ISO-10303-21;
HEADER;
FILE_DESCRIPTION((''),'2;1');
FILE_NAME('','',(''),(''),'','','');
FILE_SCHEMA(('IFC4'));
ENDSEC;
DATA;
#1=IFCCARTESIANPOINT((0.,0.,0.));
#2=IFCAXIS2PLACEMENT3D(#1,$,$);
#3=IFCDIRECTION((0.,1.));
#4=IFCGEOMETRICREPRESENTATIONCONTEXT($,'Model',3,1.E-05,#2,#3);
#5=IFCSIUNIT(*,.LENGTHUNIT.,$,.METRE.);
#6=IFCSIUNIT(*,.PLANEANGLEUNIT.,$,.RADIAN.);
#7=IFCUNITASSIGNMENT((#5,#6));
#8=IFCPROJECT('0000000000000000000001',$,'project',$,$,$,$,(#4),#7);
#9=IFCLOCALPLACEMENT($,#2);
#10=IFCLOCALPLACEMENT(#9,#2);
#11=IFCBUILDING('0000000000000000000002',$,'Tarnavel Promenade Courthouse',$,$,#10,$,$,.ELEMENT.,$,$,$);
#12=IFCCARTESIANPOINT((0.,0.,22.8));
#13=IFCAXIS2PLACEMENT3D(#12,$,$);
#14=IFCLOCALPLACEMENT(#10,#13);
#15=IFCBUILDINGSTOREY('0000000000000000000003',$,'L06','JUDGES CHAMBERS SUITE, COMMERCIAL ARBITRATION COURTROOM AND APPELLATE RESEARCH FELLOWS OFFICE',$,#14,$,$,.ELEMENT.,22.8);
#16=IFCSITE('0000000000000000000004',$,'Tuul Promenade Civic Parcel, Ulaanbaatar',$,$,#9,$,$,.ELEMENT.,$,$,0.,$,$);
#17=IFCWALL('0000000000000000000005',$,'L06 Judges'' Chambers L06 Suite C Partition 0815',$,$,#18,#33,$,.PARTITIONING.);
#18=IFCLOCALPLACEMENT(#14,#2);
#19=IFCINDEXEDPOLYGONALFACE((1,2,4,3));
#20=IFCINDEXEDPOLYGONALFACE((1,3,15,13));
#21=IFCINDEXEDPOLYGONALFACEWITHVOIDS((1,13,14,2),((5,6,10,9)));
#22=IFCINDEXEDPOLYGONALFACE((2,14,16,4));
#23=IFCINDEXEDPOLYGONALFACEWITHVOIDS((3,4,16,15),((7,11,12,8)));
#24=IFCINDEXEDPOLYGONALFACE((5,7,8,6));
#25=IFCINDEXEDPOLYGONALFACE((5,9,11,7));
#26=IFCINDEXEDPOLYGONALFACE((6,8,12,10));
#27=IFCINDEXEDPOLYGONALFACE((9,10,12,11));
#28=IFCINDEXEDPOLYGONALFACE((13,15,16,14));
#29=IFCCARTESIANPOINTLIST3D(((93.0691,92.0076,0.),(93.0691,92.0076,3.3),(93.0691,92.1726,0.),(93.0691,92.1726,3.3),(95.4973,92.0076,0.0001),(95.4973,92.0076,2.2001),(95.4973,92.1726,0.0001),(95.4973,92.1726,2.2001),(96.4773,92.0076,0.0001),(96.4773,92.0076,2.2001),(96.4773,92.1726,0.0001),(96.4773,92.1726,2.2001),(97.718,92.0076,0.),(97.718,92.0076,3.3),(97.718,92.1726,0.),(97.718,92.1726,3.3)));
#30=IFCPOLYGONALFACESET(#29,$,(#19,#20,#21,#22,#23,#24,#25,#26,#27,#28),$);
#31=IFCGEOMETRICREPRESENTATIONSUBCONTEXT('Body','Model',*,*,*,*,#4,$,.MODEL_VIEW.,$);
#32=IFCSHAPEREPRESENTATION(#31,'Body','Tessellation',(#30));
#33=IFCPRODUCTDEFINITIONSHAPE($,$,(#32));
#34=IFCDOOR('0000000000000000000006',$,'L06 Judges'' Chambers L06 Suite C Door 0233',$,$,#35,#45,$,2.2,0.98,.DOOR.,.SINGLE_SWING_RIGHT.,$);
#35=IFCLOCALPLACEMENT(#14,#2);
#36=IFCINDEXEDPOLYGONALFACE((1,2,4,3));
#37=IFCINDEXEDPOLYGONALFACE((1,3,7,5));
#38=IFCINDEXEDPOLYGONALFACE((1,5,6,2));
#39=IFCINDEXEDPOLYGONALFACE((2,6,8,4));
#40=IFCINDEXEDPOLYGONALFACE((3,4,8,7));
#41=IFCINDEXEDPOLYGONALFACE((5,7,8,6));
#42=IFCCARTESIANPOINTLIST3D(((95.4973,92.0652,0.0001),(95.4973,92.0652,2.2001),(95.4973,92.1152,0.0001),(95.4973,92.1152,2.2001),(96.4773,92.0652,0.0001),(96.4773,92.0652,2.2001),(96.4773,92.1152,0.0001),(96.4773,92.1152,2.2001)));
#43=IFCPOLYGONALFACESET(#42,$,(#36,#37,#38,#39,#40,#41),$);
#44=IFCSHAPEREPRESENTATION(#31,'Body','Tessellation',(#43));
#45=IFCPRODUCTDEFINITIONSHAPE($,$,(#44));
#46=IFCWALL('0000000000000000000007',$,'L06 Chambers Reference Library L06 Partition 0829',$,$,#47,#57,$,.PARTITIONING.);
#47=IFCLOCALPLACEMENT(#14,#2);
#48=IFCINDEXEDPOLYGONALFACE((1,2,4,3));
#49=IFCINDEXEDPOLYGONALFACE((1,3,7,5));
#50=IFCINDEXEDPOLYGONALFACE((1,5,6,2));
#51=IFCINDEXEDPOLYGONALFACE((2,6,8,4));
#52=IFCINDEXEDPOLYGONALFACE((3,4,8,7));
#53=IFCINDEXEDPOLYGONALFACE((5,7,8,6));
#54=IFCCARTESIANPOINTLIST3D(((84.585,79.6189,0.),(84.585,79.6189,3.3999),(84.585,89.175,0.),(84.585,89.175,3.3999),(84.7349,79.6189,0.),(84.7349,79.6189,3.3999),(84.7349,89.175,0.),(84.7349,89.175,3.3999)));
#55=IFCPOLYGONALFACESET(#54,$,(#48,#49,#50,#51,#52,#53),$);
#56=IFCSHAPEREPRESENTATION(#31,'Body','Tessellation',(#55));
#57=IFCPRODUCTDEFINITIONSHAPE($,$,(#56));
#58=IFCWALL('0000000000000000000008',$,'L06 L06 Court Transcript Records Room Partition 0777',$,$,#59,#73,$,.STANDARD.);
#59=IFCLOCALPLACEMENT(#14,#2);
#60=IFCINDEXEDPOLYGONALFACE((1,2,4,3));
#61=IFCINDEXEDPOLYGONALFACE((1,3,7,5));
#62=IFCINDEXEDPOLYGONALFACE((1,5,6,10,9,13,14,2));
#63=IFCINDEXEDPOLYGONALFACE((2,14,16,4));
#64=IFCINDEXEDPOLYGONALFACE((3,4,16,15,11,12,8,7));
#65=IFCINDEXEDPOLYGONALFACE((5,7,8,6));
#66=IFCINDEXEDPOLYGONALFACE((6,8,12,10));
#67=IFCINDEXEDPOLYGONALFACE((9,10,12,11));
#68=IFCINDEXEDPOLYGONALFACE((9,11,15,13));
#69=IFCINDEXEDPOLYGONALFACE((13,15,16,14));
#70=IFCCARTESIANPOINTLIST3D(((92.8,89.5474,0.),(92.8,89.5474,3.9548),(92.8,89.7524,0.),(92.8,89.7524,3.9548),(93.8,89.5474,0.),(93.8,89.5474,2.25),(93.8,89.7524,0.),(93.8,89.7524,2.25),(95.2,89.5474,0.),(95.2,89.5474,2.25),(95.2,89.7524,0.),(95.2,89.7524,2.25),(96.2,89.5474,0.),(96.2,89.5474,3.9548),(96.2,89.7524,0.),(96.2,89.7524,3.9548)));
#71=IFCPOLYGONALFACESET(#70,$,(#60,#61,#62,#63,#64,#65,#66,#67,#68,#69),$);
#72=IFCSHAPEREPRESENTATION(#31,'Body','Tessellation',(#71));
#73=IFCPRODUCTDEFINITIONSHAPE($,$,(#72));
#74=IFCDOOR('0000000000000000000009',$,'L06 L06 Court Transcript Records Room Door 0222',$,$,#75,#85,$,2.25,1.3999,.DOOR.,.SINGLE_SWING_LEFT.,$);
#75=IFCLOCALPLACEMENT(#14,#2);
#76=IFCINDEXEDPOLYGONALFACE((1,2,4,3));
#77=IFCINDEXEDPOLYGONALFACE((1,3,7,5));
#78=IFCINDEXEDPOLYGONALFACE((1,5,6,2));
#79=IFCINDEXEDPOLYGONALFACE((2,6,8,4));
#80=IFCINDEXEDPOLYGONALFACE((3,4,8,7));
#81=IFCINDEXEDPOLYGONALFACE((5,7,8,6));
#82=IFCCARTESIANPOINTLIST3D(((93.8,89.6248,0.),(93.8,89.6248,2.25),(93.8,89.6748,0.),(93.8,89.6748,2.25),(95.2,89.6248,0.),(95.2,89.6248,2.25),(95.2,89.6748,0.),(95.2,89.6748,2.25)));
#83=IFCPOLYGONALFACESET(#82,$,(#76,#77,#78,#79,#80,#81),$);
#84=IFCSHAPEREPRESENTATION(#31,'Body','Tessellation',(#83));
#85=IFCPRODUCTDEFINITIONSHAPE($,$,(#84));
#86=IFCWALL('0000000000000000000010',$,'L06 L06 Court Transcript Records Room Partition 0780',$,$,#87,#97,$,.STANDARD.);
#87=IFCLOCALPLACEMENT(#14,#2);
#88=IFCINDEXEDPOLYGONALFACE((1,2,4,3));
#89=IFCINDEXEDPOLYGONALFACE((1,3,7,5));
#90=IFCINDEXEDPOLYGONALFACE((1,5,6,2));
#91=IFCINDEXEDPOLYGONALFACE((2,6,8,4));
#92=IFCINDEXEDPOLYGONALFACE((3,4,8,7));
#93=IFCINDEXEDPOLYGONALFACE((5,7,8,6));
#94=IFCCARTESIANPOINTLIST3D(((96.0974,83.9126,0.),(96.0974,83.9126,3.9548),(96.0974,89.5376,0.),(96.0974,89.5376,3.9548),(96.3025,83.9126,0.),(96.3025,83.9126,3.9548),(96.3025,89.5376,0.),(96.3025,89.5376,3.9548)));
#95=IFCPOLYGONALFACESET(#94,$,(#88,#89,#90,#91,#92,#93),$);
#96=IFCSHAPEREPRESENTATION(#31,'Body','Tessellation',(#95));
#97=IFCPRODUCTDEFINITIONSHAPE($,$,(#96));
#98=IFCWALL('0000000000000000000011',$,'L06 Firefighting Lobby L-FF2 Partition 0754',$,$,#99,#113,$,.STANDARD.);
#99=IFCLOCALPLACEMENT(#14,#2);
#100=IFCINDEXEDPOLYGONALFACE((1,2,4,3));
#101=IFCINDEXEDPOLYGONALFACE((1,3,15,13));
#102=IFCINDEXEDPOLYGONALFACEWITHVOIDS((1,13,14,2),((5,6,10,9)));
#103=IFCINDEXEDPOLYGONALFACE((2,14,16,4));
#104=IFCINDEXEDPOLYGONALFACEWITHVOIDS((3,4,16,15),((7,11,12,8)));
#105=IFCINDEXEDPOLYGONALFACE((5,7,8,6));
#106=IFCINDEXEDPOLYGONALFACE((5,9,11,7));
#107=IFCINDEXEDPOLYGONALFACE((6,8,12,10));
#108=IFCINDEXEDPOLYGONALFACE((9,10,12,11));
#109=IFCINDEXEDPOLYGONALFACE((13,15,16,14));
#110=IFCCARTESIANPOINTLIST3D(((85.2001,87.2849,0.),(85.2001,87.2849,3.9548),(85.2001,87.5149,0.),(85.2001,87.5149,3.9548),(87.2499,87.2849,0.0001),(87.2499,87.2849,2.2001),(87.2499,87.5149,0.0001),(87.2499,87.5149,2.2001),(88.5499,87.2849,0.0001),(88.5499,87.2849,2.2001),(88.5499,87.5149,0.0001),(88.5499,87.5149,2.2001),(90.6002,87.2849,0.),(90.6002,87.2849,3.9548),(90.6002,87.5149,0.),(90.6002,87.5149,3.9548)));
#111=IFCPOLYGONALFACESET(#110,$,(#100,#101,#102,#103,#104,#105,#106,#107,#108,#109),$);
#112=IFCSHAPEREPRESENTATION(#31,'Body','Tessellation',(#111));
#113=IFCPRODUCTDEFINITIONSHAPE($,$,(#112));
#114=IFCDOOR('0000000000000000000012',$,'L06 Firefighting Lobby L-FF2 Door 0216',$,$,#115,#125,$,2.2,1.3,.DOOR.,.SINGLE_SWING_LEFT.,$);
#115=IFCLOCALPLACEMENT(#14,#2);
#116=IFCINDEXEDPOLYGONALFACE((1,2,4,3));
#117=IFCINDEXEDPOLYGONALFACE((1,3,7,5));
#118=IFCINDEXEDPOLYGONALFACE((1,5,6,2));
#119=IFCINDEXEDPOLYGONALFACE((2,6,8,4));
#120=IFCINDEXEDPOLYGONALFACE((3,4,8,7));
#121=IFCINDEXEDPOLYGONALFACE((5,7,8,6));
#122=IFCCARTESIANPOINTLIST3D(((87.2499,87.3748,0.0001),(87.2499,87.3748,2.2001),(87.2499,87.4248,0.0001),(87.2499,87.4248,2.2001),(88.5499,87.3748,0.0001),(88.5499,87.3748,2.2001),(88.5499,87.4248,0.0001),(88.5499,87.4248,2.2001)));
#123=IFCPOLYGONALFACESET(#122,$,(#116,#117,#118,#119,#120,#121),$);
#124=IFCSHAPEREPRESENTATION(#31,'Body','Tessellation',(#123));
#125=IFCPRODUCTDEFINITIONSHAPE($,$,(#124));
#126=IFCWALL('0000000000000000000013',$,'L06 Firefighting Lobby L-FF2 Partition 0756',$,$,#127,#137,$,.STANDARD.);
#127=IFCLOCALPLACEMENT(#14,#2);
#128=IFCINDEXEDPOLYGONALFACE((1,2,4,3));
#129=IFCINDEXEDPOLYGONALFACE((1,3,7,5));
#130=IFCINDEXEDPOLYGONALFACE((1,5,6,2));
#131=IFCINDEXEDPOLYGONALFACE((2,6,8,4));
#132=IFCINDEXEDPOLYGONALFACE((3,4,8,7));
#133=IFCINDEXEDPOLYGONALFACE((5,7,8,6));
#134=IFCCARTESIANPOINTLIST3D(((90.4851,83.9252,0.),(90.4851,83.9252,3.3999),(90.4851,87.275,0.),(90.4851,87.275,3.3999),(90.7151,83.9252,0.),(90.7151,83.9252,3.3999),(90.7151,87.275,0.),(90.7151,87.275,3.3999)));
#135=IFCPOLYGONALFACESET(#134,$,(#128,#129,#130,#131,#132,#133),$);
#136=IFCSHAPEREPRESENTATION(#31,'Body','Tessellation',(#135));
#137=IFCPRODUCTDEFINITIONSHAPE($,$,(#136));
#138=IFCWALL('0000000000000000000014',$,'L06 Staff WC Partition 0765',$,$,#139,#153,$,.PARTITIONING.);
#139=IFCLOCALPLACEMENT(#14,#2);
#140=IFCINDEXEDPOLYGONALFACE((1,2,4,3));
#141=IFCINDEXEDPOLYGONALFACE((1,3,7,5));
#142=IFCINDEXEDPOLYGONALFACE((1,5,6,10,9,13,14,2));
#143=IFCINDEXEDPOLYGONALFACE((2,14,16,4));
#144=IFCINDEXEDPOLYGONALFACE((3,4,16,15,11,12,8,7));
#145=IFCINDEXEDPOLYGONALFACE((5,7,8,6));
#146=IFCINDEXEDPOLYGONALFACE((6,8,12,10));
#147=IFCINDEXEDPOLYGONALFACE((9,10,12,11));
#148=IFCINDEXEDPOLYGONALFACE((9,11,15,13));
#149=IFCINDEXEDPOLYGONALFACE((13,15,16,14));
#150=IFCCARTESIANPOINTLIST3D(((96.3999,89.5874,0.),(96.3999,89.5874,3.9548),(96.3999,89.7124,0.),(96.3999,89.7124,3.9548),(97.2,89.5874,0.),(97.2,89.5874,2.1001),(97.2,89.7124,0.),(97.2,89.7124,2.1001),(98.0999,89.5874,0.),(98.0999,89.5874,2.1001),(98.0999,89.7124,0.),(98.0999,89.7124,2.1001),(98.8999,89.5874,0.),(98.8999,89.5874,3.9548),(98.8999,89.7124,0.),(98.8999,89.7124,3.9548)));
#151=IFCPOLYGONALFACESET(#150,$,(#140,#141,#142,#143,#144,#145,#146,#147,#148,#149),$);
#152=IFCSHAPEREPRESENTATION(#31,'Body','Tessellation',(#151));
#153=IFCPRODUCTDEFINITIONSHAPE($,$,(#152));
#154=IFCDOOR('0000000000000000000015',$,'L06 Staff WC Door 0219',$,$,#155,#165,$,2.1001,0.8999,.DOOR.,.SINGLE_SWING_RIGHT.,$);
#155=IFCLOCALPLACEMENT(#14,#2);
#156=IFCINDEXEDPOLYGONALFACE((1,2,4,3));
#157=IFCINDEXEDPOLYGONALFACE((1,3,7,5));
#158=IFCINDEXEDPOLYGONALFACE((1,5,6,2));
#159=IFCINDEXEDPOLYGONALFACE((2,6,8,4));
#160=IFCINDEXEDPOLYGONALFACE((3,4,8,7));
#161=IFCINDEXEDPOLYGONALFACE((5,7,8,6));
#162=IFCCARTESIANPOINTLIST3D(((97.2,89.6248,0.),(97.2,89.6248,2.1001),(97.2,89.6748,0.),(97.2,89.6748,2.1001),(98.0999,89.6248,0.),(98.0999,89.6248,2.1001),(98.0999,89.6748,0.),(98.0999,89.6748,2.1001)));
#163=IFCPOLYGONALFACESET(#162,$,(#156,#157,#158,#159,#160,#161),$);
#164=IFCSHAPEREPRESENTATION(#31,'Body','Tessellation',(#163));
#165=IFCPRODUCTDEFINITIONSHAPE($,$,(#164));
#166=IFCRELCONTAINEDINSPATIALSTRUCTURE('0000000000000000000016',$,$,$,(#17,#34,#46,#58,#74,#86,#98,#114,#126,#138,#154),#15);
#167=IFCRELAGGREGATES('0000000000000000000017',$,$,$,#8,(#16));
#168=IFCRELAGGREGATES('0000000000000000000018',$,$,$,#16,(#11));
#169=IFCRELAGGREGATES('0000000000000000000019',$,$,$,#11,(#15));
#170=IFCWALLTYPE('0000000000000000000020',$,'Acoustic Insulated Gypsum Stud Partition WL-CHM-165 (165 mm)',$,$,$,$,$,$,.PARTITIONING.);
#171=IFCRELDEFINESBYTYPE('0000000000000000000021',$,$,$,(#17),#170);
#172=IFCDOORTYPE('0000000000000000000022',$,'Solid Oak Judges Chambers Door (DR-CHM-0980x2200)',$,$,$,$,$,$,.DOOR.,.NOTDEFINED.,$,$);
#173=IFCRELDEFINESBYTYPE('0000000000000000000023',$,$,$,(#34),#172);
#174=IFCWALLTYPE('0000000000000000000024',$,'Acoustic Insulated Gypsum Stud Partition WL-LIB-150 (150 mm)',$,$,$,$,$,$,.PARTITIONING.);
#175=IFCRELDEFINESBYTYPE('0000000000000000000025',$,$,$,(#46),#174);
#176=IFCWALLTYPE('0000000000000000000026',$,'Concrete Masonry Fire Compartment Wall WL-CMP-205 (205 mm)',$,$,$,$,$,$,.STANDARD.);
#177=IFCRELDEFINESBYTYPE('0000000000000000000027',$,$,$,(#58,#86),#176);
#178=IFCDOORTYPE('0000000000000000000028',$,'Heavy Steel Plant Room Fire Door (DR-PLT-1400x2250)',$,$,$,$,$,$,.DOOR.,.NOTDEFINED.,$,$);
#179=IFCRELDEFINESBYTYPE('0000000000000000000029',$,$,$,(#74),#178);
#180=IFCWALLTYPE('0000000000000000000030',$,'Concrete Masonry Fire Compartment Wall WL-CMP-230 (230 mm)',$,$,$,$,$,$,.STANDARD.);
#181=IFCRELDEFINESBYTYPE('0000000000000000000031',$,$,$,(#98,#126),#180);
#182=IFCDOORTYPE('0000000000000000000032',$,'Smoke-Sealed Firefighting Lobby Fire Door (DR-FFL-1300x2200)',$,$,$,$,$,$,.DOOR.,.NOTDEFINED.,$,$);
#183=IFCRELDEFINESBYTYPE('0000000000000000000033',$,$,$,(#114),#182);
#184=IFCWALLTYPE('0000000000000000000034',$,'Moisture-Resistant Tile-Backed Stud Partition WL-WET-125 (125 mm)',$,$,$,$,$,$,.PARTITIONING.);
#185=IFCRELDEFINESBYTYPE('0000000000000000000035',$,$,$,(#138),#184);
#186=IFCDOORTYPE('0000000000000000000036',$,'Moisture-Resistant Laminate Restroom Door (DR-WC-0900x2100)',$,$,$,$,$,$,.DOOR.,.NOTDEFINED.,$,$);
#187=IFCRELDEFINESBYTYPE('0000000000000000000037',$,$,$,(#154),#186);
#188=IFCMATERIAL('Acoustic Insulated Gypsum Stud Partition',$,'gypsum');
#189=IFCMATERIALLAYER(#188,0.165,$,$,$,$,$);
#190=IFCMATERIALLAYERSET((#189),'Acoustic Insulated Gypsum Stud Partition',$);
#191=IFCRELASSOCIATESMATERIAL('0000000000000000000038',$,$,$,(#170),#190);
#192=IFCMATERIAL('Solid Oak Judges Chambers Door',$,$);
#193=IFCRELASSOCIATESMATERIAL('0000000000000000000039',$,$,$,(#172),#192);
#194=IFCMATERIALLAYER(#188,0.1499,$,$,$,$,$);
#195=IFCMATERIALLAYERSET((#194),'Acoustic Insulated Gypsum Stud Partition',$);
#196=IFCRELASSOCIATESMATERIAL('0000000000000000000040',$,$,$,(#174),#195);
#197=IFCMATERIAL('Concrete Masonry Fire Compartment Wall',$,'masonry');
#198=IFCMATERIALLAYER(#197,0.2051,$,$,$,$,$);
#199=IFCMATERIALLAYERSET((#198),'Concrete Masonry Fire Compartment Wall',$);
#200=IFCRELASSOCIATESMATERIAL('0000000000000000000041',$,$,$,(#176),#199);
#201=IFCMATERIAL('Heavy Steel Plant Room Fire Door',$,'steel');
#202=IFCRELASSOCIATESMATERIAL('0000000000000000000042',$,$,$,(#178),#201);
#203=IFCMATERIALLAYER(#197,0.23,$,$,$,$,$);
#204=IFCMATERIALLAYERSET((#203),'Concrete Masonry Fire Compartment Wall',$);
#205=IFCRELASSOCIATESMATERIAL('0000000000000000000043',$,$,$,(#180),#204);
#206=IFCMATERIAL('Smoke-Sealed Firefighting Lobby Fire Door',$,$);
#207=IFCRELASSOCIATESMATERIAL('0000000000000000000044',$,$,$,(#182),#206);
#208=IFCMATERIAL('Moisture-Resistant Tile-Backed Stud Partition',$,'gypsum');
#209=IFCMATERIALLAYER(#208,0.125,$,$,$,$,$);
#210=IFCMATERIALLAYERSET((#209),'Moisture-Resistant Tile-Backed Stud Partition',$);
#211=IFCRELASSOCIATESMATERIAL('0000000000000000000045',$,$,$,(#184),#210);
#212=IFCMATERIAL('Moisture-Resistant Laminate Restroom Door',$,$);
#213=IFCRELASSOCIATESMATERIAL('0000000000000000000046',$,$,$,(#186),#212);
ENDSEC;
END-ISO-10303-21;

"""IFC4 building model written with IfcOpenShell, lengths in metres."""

from ifc_helpers import new_model, si_unit, direction, frame, frame_2d, origin, place, context, subcontext, project, spatial, rectangle, extrude, material, layer, layer_set, type_object, element, fill, save


model = new_model("IFC4")

# Units and contexts
model_context = context("Model", 3, precision=1e-05, world=origin(), true_north=direction((0.0, 1.0)))
body_context = subcontext(model_context, "Body", "Model", "MODEL_VIEW")
ifc_project = project(units=[si_unit("LENGTHUNIT", "METRE"), si_unit("PLANEANGLEUNIT", "RADIAN")], contexts=[model_context])

# Site, building, storey
site_placement = place(None, origin())
site = spatial("IfcSite", under=ifc_project, at=site_placement, Name="Tuul Promenade Civic Parcel, Ulaanbaatar", CompositionType="ELEMENT", RefElevation=0.0)
building_placement = place(site_placement, origin())
building = spatial("IfcBuilding", under=site, at=building_placement, Name="Tarnavel Promenade Courthouse", CompositionType="ELEMENT")
storey_placement = place(building_placement, frame((0.0, 0.0, 22.8)))
storey = spatial("IfcBuildingStorey", under=building, at=storey_placement, Name="L06", Description="JUDGES CHAMBERS SUITE, COMMERCIAL ARBITRATION COURTROOM AND APPELLATE RESEARCH FELLOWS OFFICE", CompositionType="ELEMENT", Elevation=22.8)

# Wall, opening, door
ifc_material_1 = material(Name="Acoustic Insulated Gypsum Stud Partition", Category="gypsum")
ifc_layer_1 = layer(ifc_material_1, 0.165)
ifc_layer_set_1 = layer_set([ifc_layer_1], Name="Acoustic Insulated Gypsum Stud Partition")
wall_type_1 = type_object("IfcWallType", Name="Acoustic Insulated Gypsum Stud Partition WL-CHM-165 (165 mm)", PredefinedType="PARTITIONING", material=ifc_layer_set_1)
ifc_material_2 = material(Name="Solid Oak Judges Chambers Door")
door_type_1 = type_object("IfcDoorType", Name="Solid Oak Judges Chambers Door (DR-CHM-0980x2200)", OperationType="NOTDEFINED", PredefinedType="DOOR", material=ifc_material_2)
wall_1_placement = place(storey_placement, frame((97.718, 92.0901, 0.0), z_axis=(0.0, 0.0, 1.0), x_axis=(-1.0, 0.0, 0.0)))
wall_1 = element("IfcWall", 1, at=wall_1_placement, inside=storey, type_object=wall_type_1, Name="L06 Judges' Chambers L06 Suite C Partition 0815", PredefinedType="PARTITIONING", context=body_context, shape_type="SweptSolid", body=[
    extrude(rectangle(XDim=4.6489, YDim=0.165, at=frame_2d((2.3245, 0.0))), origin(), (0.0, 0.0, 1.0), 3.3),
])
opening_1_placement = place(wall_1_placement, frame((1.2407, 0.0, 0.0)))
opening_1 = element("IfcOpeningElement", 2, at=opening_1_placement, cuts=wall_1, PredefinedType="OPENING", context=body_context, shape_type="SweptSolid", body=[
    extrude(rectangle(XDim=0.98, YDim=2.2, at=frame_2d((0.49, 1.1001))), frame((0.0, 0.0925, 0.0), z_axis=(0.0, -1.0, 0.0), x_axis=(1.0, 0.0, 0.0)), (0.0, 0.0, 1.0), 0.1851),
])
door_1_placement = place(opening_1_placement, origin())
door_1 = element("IfcDoor", 3, at=door_1_placement, inside=storey, type_object=door_type_1, Name="L06 Judges' Chambers L06 Suite C Door 0233", OperationType="SINGLE_SWING_RIGHT", OverallHeight=2.2, OverallWidth=0.98, PredefinedType="DOOR", context=body_context, shape_type="SweptSolid", body=[
    extrude(rectangle(XDim=0.98, YDim=2.2, at=frame_2d((0.49, 1.1001))), frame((0.0, 0.0249, 0.0), z_axis=(0.0, -1.0, 0.0), x_axis=(1.0, 0.0, 0.0)), (0.0, 0.0, 1.0), 0.05),
])
fill(opening_1, door_1)

# Wall
ifc_layer_2 = layer(ifc_material_1, 0.1499)
ifc_layer_set_2 = layer_set([ifc_layer_2], Name="Acoustic Insulated Gypsum Stud Partition")
wall_type_2 = type_object("IfcWallType", Name="Acoustic Insulated Gypsum Stud Partition WL-LIB-150 (150 mm)", PredefinedType="PARTITIONING", material=ifc_layer_set_2)
wall_2_placement = place(storey_placement, frame((84.6599, 89.175, 0.0), z_axis=(0.0, 0.0, 1.0), x_axis=(0.0, -1.0, 0.0)))
element("IfcWall", 4, at=wall_2_placement, inside=storey, type_object=wall_type_2, Name="L06 Chambers Reference Library L06 Partition 0829", PredefinedType="PARTITIONING", context=body_context, shape_type="SweptSolid", body=[
    extrude(rectangle(XDim=9.5562, YDim=0.1499, at=frame_2d((4.7781, 0.0))), origin(), (0.0, 0.0, 1.0), 3.3999),
])

# Wall, opening, door
ifc_material_3 = material(Name="Concrete Masonry Fire Compartment Wall", Category="masonry")
ifc_layer_3 = layer(ifc_material_3, 0.2051)
ifc_layer_set_3 = layer_set([ifc_layer_3], Name="Concrete Masonry Fire Compartment Wall")
wall_type_3 = type_object("IfcWallType", Name="Concrete Masonry Fire Compartment Wall WL-CMP-205 (205 mm)", PredefinedType="STANDARD", material=ifc_layer_set_3)
wall_3_placement = place(storey_placement, frame((92.8, 89.6499, 0.0), z_axis=(0.0, 0.0, 1.0), x_axis=(1.0, 0.0, 0.0)))
wall_3 = element("IfcWall", 5, at=wall_3_placement, inside=storey, type_object=wall_type_3, Name="L06 L06 Court Transcript Records Room Partition 0777", PredefinedType="STANDARD", context=body_context, shape_type="SweptSolid", body=[
    extrude(rectangle(XDim=3.3999, YDim=0.2051, at=frame_2d((1.7, 0.0))), origin(), (0.0, 0.0, 1.0), 3.9548),
])
opening_2_placement = place(wall_3_placement, frame((1.0, 0.0, 0.0)))
opening_2 = element("IfcOpeningElement", 6, at=opening_2_placement, cuts=wall_3, PredefinedType="OPENING", context=body_context, shape_type="SweptSolid", body=[
    extrude(rectangle(XDim=1.3999, YDim=2.25, at=frame_2d((0.7, 1.125))), frame((0.0, 0.1125, 0.0), z_axis=(0.0, -1.0, 0.0), x_axis=(1.0, 0.0, 0.0)), (0.0, 0.0, 1.0), 0.2251),
])
ifc_material_4 = material(Name="Heavy Steel Plant Room Fire Door", Category="steel")
door_type_2 = type_object("IfcDoorType", Name="Heavy Steel Plant Room Fire Door (DR-PLT-1400x2250)", OperationType="NOTDEFINED", PredefinedType="DOOR", material=ifc_material_4)
door_2_placement = place(opening_2_placement, origin())
door_2 = element("IfcDoor", 7, at=door_2_placement, inside=storey, type_object=door_type_2, Name="L06 L06 Court Transcript Records Room Door 0222", OperationType="SINGLE_SWING_LEFT", OverallHeight=2.25, OverallWidth=1.3999, PredefinedType="DOOR", context=body_context, shape_type="SweptSolid", body=[
    extrude(rectangle(XDim=1.3999, YDim=2.25, at=frame_2d((0.7, 1.125))), frame((0.0, 0.0249, 0.0), z_axis=(0.0, -1.0, 0.0), x_axis=(1.0, 0.0, 0.0)), (0.0, 0.0, 1.0), 0.05),
])
fill(opening_2, door_2)

# Wall
wall_4_placement = place(storey_placement, frame((96.2, 89.5376, 0.0), z_axis=(0.0, 0.0, 1.0), x_axis=(0.0, -1.0, 0.0)))
element("IfcWall", 8, at=wall_4_placement, inside=storey, type_object=wall_type_3, Name="L06 L06 Court Transcript Records Room Partition 0780", PredefinedType="STANDARD", context=body_context, shape_type="SweptSolid", body=[
    extrude(rectangle(XDim=5.625, YDim=0.2051, at=frame_2d((2.8125, 0.0))), origin(), (0.0, 0.0, 1.0), 3.9548),
])

# Wall, opening, door
ifc_layer_4 = layer(ifc_material_3, 0.23)
ifc_layer_set_4 = layer_set([ifc_layer_4], Name="Concrete Masonry Fire Compartment Wall")
wall_type_4 = type_object("IfcWallType", Name="Concrete Masonry Fire Compartment Wall WL-CMP-230 (230 mm)", PredefinedType="STANDARD", material=ifc_layer_set_4)
wall_5_placement = place(storey_placement, frame((85.2, 87.3999, 0.0), z_axis=(0.0, 0.0, 1.0), x_axis=(1.0, 0.0, 0.0)))
wall_5 = element("IfcWall", 9, at=wall_5_placement, inside=storey, type_object=wall_type_4, Name="L06 Firefighting Lobby L-FF2 Partition 0754", PredefinedType="STANDARD", context=body_context, shape_type="SweptSolid", body=[
    extrude(rectangle(XDim=5.4001, YDim=0.23, at=frame_2d((2.7002, 0.0))), origin(), (0.0, 0.0, 1.0), 3.9548),
])
opening_3_placement = place(wall_5_placement, frame((2.05, 0.0, 0.0)))
opening_3 = element("IfcOpeningElement", 10, at=opening_3_placement, cuts=wall_5, PredefinedType="OPENING", context=body_context, shape_type="SweptSolid", body=[
    extrude(rectangle(XDim=1.3, YDim=2.2, at=frame_2d((0.6499, 1.1001))), frame((0.0, 0.125, 0.0), z_axis=(0.0, -1.0, 0.0), x_axis=(1.0, 0.0, 0.0)), (0.0, 0.0, 1.0), 0.25),
])
ifc_material_5 = material(Name="Smoke-Sealed Firefighting Lobby Fire Door")
door_type_3 = type_object("IfcDoorType", Name="Smoke-Sealed Firefighting Lobby Fire Door (DR-FFL-1300x2200)", OperationType="NOTDEFINED", PredefinedType="DOOR", material=ifc_material_5)
door_3_placement = place(opening_3_placement, origin())
door_3 = element("IfcDoor", 11, at=door_3_placement, inside=storey, type_object=door_type_3, Name="L06 Firefighting Lobby L-FF2 Door 0216", OperationType="SINGLE_SWING_LEFT", OverallHeight=2.2, OverallWidth=1.3, PredefinedType="DOOR", context=body_context, shape_type="SweptSolid", body=[
    extrude(rectangle(XDim=1.3, YDim=2.2, at=frame_2d((0.6499, 1.1001))), frame((0.0, 0.0249, 0.0), z_axis=(0.0, -1.0, 0.0), x_axis=(1.0, 0.0, 0.0)), (0.0, 0.0, 1.0), 0.05),
])
fill(opening_3, door_3)

# Wall
wall_6_placement = place(storey_placement, frame((90.6001, 87.2749, 0.0), z_axis=(0.0, 0.0, 1.0), x_axis=(0.0, -1.0, 0.0)))
element("IfcWall", 12, at=wall_6_placement, inside=storey, type_object=wall_type_4, Name="L06 Firefighting Lobby L-FF2 Partition 0756", PredefinedType="STANDARD", context=body_context, shape_type="SweptSolid", body=[
    extrude(rectangle(XDim=3.3499, YDim=0.23, at=frame_2d((1.6748, 0.0))), origin(), (0.0, 0.0, 1.0), 3.3999),
])

# Wall, opening, door
ifc_material_6 = material(Name="Moisture-Resistant Tile-Backed Stud Partition", Category="gypsum")
ifc_layer_5 = layer(ifc_material_6, 0.125)
ifc_layer_set_5 = layer_set([ifc_layer_5], Name="Moisture-Resistant Tile-Backed Stud Partition")
wall_type_5 = type_object("IfcWallType", Name="Moisture-Resistant Tile-Backed Stud Partition WL-WET-125 (125 mm)", PredefinedType="PARTITIONING", material=ifc_layer_set_5)
wall_7_placement = place(storey_placement, frame((96.3999, 89.6499, 0.0), z_axis=(0.0, 0.0, 1.0), x_axis=(1.0, 0.0, 0.0)))
wall_7 = element("IfcWall", 13, at=wall_7_placement, inside=storey, type_object=wall_type_5, Name="L06 Staff WC Partition 0765", PredefinedType="PARTITIONING", context=body_context, shape_type="SweptSolid", body=[
    extrude(rectangle(XDim=2.5, YDim=0.125, at=frame_2d((1.25, 0.0))), origin(), (0.0, 0.0, 1.0), 3.9548),
])
opening_4_placement = place(wall_7_placement, frame((0.8, 0.0, 0.0)))
opening_4 = element("IfcOpeningElement", 14, at=opening_4_placement, cuts=wall_7, PredefinedType="OPENING", context=body_context, shape_type="SweptSolid", body=[
    extrude(rectangle(XDim=0.8999, YDim=2.1001, at=frame_2d((0.45, 1.05))), frame((0.0, 0.0725, 0.0), z_axis=(0.0, -1.0, 0.0), x_axis=(1.0, 0.0, 0.0)), (0.0, 0.0, 1.0), 0.145),
])
ifc_material_7 = material(Name="Moisture-Resistant Laminate Restroom Door")
door_type_4 = type_object("IfcDoorType", Name="Moisture-Resistant Laminate Restroom Door (DR-WC-0900x2100)", OperationType="NOTDEFINED", PredefinedType="DOOR", material=ifc_material_7)
door_4_placement = place(opening_4_placement, origin())
door_4 = element("IfcDoor", 15, at=door_4_placement, inside=storey, type_object=door_type_4, Name="L06 Staff WC Door 0219", OperationType="SINGLE_SWING_RIGHT", OverallHeight=2.1001, OverallWidth=0.8999, PredefinedType="DOOR", context=body_context, shape_type="SweptSolid", body=[
    extrude(rectangle(XDim=0.8999, YDim=2.1001, at=frame_2d((0.45, 1.05))), frame((0.0, 0.0249, 0.0), z_axis=(0.0, -1.0, 0.0), x_axis=(1.0, 0.0, 0.0)), (0.0, 0.0, 1.0), 0.05),
])
fill(opening_4, door_4)

save(model, "model.ifc")
